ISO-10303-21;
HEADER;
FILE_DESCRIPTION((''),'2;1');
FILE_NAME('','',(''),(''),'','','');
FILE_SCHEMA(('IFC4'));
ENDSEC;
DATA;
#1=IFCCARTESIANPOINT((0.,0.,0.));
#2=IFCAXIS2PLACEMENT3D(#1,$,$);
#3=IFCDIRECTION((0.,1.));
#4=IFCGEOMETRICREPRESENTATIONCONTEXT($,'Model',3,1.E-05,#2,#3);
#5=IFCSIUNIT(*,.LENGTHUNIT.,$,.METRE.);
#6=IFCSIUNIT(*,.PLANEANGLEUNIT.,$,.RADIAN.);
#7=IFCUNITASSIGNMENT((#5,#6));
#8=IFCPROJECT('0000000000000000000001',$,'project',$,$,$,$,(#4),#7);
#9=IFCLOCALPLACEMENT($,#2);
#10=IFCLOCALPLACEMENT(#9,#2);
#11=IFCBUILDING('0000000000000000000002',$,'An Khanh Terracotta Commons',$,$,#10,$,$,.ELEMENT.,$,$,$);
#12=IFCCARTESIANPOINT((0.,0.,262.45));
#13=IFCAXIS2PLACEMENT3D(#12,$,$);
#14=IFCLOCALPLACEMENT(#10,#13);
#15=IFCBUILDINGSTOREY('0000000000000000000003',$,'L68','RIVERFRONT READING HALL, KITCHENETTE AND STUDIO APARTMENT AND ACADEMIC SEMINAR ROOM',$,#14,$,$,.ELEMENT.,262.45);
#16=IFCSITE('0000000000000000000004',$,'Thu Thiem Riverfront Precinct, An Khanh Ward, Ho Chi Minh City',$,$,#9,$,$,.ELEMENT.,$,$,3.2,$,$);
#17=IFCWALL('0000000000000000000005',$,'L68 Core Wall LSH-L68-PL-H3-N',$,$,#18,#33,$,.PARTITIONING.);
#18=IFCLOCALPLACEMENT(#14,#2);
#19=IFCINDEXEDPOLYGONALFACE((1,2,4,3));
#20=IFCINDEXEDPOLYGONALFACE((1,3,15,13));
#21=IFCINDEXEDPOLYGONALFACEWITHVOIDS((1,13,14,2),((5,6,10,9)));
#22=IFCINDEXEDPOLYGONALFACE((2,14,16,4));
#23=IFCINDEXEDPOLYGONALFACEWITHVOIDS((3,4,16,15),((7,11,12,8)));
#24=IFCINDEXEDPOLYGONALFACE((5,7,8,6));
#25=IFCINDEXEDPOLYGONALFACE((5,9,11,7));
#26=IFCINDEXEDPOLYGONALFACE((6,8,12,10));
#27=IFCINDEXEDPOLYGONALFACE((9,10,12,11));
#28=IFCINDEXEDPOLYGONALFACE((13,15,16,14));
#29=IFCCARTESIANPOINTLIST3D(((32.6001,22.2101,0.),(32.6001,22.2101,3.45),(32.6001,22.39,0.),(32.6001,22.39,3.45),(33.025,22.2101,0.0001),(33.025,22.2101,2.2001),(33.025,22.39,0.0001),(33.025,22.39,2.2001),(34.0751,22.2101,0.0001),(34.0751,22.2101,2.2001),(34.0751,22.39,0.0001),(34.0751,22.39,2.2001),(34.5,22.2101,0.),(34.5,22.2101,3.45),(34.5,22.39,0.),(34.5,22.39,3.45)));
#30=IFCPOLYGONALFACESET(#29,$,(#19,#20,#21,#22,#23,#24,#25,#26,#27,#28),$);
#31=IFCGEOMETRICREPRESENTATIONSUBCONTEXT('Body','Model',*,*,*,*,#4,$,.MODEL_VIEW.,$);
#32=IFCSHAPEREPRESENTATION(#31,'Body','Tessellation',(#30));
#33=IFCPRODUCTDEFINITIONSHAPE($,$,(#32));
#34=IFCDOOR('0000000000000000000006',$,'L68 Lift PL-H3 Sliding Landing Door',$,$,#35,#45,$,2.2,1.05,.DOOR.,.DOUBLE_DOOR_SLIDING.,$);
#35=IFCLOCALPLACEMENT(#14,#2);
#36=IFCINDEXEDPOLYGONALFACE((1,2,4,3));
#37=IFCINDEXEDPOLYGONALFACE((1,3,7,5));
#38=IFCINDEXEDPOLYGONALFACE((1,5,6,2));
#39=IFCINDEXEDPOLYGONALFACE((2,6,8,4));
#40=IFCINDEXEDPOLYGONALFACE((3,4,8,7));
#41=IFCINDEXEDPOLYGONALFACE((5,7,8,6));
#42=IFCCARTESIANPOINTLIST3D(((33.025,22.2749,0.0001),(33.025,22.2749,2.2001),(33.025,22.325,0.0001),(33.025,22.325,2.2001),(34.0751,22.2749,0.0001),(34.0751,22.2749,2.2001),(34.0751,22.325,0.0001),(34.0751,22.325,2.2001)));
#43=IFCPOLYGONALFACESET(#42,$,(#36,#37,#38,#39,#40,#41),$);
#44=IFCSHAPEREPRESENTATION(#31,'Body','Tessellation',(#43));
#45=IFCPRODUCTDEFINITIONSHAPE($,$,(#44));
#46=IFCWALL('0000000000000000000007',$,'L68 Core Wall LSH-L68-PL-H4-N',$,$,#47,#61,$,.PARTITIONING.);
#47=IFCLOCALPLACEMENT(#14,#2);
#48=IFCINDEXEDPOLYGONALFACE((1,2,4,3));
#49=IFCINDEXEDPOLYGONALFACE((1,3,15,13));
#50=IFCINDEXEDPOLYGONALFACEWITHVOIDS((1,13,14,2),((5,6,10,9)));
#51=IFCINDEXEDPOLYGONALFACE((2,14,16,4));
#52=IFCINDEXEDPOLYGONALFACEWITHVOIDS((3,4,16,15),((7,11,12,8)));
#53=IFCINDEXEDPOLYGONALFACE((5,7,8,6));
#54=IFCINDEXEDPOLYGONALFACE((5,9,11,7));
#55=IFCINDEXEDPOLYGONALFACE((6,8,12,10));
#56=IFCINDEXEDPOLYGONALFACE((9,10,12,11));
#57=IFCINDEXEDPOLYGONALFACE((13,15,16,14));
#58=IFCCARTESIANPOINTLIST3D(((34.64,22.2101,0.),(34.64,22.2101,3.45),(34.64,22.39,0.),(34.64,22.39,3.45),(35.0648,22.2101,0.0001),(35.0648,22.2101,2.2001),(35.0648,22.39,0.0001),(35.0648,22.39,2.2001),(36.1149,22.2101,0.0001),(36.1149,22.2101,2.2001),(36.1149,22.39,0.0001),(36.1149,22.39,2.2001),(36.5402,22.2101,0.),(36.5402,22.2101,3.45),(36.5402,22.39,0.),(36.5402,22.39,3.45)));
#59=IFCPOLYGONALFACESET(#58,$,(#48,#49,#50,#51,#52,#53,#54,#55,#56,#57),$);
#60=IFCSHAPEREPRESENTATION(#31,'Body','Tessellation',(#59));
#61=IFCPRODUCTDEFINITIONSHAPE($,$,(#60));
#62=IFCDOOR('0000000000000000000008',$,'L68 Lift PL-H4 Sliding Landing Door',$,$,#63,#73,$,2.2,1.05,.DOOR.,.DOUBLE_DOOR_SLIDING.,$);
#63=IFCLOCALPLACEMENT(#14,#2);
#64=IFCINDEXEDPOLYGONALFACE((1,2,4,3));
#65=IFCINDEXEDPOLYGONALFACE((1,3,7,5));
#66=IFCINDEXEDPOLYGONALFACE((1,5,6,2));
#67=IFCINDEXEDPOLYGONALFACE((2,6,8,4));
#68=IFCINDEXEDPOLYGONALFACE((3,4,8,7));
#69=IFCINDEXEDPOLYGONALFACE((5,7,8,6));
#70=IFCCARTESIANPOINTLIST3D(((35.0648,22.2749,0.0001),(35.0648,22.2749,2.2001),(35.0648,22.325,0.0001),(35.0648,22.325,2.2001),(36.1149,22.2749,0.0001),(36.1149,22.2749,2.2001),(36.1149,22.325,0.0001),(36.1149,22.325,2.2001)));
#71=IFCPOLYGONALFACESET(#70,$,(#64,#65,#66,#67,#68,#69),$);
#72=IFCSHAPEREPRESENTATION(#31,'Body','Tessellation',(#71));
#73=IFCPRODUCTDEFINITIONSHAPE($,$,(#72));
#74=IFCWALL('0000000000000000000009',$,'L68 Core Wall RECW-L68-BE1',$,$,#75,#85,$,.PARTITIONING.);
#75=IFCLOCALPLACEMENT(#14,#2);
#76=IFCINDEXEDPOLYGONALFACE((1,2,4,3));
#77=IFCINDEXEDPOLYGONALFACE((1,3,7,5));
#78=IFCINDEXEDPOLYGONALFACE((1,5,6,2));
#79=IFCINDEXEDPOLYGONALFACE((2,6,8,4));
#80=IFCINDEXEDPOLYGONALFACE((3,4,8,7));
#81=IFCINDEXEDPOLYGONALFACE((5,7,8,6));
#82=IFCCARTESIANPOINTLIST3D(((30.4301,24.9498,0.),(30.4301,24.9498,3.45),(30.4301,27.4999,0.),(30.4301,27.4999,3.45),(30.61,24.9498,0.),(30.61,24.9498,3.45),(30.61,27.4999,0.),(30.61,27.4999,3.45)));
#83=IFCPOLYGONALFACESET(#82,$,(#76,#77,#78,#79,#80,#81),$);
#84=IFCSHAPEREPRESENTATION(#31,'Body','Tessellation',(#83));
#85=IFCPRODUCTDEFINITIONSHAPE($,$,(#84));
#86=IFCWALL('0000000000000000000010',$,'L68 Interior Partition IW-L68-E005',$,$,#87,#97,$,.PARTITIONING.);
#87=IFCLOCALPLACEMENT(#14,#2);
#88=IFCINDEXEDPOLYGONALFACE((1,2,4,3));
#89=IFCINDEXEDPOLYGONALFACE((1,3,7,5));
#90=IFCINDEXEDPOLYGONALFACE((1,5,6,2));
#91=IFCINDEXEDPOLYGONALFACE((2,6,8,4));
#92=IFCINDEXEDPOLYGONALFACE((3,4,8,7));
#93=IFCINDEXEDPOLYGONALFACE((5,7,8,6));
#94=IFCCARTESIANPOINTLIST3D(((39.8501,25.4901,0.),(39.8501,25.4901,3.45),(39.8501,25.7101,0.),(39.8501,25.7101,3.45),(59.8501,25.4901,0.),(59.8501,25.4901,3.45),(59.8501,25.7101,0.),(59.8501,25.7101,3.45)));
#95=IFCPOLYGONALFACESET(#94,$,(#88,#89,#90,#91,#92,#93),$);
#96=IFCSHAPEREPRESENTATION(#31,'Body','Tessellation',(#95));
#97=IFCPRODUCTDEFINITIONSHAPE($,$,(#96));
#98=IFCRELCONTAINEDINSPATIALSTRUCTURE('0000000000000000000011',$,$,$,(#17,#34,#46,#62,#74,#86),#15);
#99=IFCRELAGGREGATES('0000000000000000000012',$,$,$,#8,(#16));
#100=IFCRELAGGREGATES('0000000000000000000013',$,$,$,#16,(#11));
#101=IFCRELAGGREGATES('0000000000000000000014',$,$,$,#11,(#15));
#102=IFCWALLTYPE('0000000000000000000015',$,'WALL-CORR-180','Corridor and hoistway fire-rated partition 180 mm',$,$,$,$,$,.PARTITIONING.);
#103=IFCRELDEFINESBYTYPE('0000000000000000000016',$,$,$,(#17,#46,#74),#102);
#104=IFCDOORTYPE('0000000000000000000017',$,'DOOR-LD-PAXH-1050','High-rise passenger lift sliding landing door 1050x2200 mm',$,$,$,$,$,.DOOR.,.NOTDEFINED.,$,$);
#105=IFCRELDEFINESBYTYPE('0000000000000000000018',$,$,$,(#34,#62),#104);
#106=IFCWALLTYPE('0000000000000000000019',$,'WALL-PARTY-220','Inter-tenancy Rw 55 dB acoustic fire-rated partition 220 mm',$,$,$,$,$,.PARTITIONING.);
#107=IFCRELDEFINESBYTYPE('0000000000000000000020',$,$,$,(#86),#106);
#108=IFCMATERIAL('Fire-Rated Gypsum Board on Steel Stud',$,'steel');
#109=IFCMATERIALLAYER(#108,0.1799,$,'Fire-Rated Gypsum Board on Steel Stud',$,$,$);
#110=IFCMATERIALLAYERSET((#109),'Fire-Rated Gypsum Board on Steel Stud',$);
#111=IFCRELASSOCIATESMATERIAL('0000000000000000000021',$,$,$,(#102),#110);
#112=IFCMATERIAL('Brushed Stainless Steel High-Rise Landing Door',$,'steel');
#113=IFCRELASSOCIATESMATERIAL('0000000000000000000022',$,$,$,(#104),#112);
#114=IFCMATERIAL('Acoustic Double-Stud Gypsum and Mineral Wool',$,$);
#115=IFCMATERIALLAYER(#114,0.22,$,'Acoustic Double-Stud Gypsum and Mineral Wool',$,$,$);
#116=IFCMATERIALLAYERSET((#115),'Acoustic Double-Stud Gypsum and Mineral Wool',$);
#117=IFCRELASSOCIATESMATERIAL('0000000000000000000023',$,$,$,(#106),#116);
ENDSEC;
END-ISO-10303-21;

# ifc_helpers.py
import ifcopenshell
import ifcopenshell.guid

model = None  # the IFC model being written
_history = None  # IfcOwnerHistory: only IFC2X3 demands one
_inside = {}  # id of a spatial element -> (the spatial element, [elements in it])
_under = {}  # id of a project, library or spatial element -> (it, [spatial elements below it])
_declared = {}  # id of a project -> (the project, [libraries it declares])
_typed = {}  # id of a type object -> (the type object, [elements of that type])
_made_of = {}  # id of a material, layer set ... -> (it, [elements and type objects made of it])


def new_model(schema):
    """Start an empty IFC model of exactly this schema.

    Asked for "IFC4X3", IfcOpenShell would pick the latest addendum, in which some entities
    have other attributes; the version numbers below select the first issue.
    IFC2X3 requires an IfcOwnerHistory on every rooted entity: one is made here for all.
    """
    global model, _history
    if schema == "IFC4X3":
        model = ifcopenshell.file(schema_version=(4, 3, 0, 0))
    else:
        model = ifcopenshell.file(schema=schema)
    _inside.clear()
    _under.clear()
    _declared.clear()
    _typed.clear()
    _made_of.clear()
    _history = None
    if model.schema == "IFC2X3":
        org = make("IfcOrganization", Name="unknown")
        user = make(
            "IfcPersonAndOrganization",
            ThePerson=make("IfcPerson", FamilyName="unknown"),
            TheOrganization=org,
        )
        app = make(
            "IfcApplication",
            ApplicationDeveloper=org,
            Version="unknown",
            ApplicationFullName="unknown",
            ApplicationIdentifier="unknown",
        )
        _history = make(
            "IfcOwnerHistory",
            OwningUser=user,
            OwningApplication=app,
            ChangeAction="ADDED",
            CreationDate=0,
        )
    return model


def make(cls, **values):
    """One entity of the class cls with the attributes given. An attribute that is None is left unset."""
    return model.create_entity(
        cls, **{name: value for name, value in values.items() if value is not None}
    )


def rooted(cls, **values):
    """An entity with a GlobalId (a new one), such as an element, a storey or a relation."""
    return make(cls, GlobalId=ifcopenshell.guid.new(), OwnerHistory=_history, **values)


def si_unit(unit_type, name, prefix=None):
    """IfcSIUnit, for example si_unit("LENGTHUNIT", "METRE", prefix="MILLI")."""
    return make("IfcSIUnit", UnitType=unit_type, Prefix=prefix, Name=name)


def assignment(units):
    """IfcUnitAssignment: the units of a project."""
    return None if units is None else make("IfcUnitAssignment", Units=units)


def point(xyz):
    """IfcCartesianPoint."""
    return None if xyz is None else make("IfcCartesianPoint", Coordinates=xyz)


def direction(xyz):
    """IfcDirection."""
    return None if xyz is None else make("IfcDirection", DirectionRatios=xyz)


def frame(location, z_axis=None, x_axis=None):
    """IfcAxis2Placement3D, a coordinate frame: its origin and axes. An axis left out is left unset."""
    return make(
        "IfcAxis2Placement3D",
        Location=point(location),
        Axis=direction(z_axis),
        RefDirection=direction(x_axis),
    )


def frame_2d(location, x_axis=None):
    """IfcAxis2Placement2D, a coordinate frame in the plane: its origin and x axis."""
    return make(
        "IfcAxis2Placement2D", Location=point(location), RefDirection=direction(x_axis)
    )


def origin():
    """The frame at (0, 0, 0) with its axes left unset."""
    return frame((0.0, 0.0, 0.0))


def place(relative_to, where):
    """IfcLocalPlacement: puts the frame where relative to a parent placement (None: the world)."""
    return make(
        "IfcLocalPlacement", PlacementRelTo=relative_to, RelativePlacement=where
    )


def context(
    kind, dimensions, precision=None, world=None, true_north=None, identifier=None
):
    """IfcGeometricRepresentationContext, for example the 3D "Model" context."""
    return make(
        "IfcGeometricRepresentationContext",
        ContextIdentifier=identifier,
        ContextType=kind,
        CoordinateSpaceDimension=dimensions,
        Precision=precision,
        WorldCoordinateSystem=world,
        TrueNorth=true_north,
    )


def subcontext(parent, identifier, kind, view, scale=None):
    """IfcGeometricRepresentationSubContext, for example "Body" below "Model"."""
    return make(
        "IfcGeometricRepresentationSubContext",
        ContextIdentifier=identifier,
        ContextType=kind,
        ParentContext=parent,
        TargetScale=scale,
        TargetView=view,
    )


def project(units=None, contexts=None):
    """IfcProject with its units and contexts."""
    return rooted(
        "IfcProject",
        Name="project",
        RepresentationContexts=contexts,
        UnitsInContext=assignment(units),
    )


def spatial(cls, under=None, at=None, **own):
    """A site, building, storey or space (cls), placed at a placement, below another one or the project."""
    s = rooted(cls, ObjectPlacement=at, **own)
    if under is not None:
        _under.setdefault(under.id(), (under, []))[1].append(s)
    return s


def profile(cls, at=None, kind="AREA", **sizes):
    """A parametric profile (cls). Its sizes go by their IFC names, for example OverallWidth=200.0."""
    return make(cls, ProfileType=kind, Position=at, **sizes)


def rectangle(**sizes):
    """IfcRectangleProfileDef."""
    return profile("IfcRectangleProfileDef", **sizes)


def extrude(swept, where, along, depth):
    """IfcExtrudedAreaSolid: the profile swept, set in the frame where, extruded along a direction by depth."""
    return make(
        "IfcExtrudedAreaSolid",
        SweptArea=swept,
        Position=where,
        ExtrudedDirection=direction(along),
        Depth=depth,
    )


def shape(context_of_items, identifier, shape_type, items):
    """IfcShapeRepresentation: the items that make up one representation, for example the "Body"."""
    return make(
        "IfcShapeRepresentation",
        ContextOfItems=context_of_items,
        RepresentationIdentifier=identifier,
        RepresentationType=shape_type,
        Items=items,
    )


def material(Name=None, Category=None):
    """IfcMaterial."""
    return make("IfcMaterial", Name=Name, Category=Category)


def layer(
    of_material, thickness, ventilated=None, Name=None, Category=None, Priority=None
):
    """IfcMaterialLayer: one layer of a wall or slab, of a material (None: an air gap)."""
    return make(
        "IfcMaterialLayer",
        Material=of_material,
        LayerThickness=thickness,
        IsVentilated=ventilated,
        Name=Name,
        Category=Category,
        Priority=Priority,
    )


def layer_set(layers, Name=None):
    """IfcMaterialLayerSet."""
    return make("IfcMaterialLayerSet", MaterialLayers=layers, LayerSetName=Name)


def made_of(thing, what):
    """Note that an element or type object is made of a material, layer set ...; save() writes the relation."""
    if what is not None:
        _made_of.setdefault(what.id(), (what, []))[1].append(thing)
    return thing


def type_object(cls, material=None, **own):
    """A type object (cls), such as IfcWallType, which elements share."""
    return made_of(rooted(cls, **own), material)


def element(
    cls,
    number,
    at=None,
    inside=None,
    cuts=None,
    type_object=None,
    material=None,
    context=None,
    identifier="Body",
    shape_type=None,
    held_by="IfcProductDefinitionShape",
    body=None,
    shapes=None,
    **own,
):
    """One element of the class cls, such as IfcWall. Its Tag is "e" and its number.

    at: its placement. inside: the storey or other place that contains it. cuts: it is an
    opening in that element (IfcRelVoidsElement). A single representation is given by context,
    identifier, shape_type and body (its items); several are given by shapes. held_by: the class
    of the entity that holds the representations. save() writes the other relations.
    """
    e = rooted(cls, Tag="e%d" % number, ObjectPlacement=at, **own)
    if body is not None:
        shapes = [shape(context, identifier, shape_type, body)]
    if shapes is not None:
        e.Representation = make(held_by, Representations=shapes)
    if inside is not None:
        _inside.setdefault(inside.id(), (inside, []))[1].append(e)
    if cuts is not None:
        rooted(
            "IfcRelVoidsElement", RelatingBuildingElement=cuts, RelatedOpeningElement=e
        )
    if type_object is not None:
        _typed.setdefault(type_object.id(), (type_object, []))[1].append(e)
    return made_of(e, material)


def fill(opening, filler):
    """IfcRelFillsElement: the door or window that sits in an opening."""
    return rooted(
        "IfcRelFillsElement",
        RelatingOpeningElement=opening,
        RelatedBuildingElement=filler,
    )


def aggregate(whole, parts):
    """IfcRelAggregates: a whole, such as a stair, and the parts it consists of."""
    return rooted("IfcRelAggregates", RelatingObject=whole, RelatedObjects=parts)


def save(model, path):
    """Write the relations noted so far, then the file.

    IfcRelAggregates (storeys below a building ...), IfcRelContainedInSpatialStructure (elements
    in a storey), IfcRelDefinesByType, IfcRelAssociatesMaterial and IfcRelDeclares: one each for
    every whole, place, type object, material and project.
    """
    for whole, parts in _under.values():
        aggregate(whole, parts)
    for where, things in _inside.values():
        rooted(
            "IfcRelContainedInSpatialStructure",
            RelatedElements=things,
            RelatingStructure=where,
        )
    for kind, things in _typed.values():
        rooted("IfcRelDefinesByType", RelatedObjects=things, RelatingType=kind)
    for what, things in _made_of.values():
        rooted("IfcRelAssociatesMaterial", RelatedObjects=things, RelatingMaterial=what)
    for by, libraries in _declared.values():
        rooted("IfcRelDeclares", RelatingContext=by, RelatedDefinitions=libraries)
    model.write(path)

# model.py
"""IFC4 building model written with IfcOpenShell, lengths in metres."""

from ifc_helpers import new_model, si_unit, direction, frame, frame_2d, origin, place, context, subcontext, project, spatial, rectangle, extrude, material, layer, layer_set, type_object, element, fill, save


model = new_model("IFC4")

# Units and contexts
model_context = context("Model", 3, precision=1e-05, world=origin(), true_north=direction((0.0, 1.0)))
body_context = subcontext(model_context, "Body", "Model", "MODEL_VIEW")
ifc_project = project(units=[si_unit("LENGTHUNIT", "METRE"), si_unit("PLANEANGLEUNIT", "RADIAN")], contexts=[model_context])

# Site, building, storey
site_placement = place(None, origin())
site = spatial("IfcSite", under=ifc_project, at=site_placement, Name="Thu Thiem Riverfront Precinct, An Khanh Ward, Ho Chi Minh City", CompositionType="ELEMENT", RefElevation=3.2)
building_placement = place(site_placement, origin())
building = spatial("IfcBuilding", under=site, at=building_placement, Name="An Khanh Terracotta Commons", CompositionType="ELEMENT")
storey_placement = place(building_placement, frame((0.0, 0.0, 262.45)))
storey = spatial("IfcBuildingStorey", under=building, at=storey_placement, Name="L68", Description="RIVERFRONT READING HALL, KITCHENETTE AND STUDIO APARTMENT AND ACADEMIC SEMINAR ROOM", CompositionType="ELEMENT", Elevation=262.45)

# Shared definitions
ifc_material_1 = material(Name="Fire-Rated Gypsum Board on Steel Stud", Category="steel")
ifc_layer_1 = layer(ifc_material_1, 0.1799, Name="Fire-Rated Gypsum Board on Steel Stud")
ifc_layer_set_1 = layer_set([ifc_layer_1], Name="Fire-Rated Gypsum Board on Steel Stud")
wall_type_1 = type_object("IfcWallType", Name="WALL-CORR-180", Description="Corridor and hoistway fire-rated partition 180 mm", PredefinedType="PARTITIONING", material=ifc_layer_set_1)

# Shared definitions
ifc_material_2 = material(Name="Brushed Stainless Steel High-Rise Landing Door", Category="steel")
door_type = type_object("IfcDoorType", Name="DOOR-LD-PAXH-1050", Description="High-rise passenger lift sliding landing door 1050x2200 mm", OperationType="NOTDEFINED", PredefinedType="DOOR", material=ifc_material_2)

# Walls, openings, doors
wall_1_placement = place(storey_placement, frame((32.6001, 22.3, 0.0), z_axis=(0.0, 0.0, 1.0), x_axis=(1.0, 0.0, 0.0)))
wall_1 = element("IfcWall", 1, at=wall_1_placement, inside=storey, type_object=wall_type_1, Name="L68 Core Wall LSH-L68-PL-H3-N", PredefinedType="PARTITIONING", context=body_context, shape_type="SweptSolid", body=[
    extrude(rectangle(XDim=1.8999, YDim=0.1799, at=frame_2d((0.95, 0.0))), origin(), (0.0, 0.0, 1.0), 3.45),
])
opening_1_placement = place(wall_1_placement, frame((0.425, 0.0, 0.0)))
opening_1 = element("IfcOpeningElement", 2, at=opening_1_placement, cuts=wall_1, PredefinedType="OPENING", context=body_context, shape_type="SweptSolid", body=[
    extrude(rectangle(XDim=1.05, YDim=2.2, at=frame_2d((0.5249, 1.1001))), frame((0.0, 0.0999, 0.0), z_axis=(0.0, -1.0, 0.0), x_axis=(1.0, 0.0, 0.0)), (0.0, 0.0, 1.0), 0.2),
])
door_1_placement = place(opening_1_placement, origin())
door_1 = element("IfcDoor", 3, at=door_1_placement, inside=storey, type_object=door_type, Name="L68 Lift PL-H3 Sliding Landing Door", OperationType="DOUBLE_DOOR_SLIDING", OverallHeight=2.2, OverallWidth=1.05, PredefinedType="DOOR", context=body_context, shape_type="SweptSolid", body=[
    extrude(rectangle(XDim=1.05, YDim=2.2, at=frame_2d((0.5249, 1.1001))), frame((0.0, 0.0249, 0.0), z_axis=(0.0, -1.0, 0.0), x_axis=(1.0, 0.0, 0.0)), (0.0, 0.0, 1.0), 0.05),
])
fill(opening_1, door_1)
wall_2_placement = place(storey_placement, frame((34.6399, 22.3, 0.0), z_axis=(0.0, 0.0, 1.0), x_axis=(1.0, 0.0, 0.0)))
wall_2 = element("IfcWall", 4, at=wall_2_placement, inside=storey, type_object=wall_type_1, Name="L68 Core Wall LSH-L68-PL-H4-N", PredefinedType="PARTITIONING", context=body_context, shape_type="SweptSolid", body=[
    extrude(rectangle(XDim=1.9001, YDim=0.1799, at=frame_2d((0.9502, 0.0))), origin(), (0.0, 0.0, 1.0), 3.45),
])
opening_2_placement = place(wall_2_placement, frame((0.425, 0.0, 0.0)))
opening_2 = element("IfcOpeningElement", 5, at=opening_2_placement, cuts=wall_2, PredefinedType="OPENING", context=body_context, shape_type="SweptSolid", body=[
    extrude(rectangle(XDim=1.05, YDim=2.2, at=frame_2d((0.5249, 1.1001))), frame((0.0, 0.0999, 0.0), z_axis=(0.0, -1.0, 0.0), x_axis=(1.0, 0.0, 0.0)), (0.0, 0.0, 1.0), 0.2),
])
door_2_placement = place(opening_2_placement, origin())
door_2 = element("IfcDoor", 6, at=door_2_placement, inside=storey, type_object=door_type, Name="L68 Lift PL-H4 Sliding Landing Door", OperationType="DOUBLE_DOOR_SLIDING", OverallHeight=2.2, OverallWidth=1.05, PredefinedType="DOOR", context=body_context, shape_type="SweptSolid", body=[
    extrude(rectangle(XDim=1.05, YDim=2.2, at=frame_2d((0.5249, 1.1001))), frame((0.0, 0.0249, 0.0), z_axis=(0.0, -1.0, 0.0), x_axis=(1.0, 0.0, 0.0)), (0.0, 0.0, 1.0), 0.05),
])
fill(opening_2, door_2)

# Walls
wall_3_placement = place(storey_placement, frame((30.52, 24.95, 0.0), z_axis=(0.0, 0.0, 1.0), x_axis=(0.0, 1.0, 0.0)))
element("IfcWall", 7, at=wall_3_placement, inside=storey, type_object=wall_type_1, Name="L68 Core Wall RECW-L68-BE1", PredefinedType="PARTITIONING", context=body_context, shape_type="SweptSolid", body=[
    extrude(rectangle(XDim=2.55, YDim=0.1799, at=frame_2d((1.2749, 0.0))), origin(), (0.0, 0.0, 1.0), 3.45),
])
ifc_material_3 = material(Name="Acoustic Double-Stud Gypsum and Mineral Wool")
ifc_layer_2 = layer(ifc_material_3, 0.22, Name="Acoustic Double-Stud Gypsum and Mineral Wool")
ifc_layer_set_2 = layer_set([ifc_layer_2], Name="Acoustic Double-Stud Gypsum and Mineral Wool")
wall_type_2 = type_object("IfcWallType", Name="WALL-PARTY-220", Description="Inter-tenancy Rw 55 dB acoustic fire-rated partition 220 mm", PredefinedType="PARTITIONING", material=ifc_layer_set_2)
wall_4_placement = place(storey_placement, frame((39.8501, 25.6001, 0.0), z_axis=(0.0, 0.0, 1.0), x_axis=(1.0, 0.0, 0.0)))
element("IfcWall", 8, at=wall_4_placement, inside=storey, type_object=wall_type_2, Name="L68 Interior Partition IW-L68-E005", PredefinedType="PARTITIONING", context=body_context, shape_type="SweptSolid", body=[
    extrude(rectangle(XDim=20.0, YDim=0.22, at=frame_2d((10.0, 0.0))), origin(), (0.0, 0.0, 1.0), 3.45),
])

save(model, "model.ifc")
